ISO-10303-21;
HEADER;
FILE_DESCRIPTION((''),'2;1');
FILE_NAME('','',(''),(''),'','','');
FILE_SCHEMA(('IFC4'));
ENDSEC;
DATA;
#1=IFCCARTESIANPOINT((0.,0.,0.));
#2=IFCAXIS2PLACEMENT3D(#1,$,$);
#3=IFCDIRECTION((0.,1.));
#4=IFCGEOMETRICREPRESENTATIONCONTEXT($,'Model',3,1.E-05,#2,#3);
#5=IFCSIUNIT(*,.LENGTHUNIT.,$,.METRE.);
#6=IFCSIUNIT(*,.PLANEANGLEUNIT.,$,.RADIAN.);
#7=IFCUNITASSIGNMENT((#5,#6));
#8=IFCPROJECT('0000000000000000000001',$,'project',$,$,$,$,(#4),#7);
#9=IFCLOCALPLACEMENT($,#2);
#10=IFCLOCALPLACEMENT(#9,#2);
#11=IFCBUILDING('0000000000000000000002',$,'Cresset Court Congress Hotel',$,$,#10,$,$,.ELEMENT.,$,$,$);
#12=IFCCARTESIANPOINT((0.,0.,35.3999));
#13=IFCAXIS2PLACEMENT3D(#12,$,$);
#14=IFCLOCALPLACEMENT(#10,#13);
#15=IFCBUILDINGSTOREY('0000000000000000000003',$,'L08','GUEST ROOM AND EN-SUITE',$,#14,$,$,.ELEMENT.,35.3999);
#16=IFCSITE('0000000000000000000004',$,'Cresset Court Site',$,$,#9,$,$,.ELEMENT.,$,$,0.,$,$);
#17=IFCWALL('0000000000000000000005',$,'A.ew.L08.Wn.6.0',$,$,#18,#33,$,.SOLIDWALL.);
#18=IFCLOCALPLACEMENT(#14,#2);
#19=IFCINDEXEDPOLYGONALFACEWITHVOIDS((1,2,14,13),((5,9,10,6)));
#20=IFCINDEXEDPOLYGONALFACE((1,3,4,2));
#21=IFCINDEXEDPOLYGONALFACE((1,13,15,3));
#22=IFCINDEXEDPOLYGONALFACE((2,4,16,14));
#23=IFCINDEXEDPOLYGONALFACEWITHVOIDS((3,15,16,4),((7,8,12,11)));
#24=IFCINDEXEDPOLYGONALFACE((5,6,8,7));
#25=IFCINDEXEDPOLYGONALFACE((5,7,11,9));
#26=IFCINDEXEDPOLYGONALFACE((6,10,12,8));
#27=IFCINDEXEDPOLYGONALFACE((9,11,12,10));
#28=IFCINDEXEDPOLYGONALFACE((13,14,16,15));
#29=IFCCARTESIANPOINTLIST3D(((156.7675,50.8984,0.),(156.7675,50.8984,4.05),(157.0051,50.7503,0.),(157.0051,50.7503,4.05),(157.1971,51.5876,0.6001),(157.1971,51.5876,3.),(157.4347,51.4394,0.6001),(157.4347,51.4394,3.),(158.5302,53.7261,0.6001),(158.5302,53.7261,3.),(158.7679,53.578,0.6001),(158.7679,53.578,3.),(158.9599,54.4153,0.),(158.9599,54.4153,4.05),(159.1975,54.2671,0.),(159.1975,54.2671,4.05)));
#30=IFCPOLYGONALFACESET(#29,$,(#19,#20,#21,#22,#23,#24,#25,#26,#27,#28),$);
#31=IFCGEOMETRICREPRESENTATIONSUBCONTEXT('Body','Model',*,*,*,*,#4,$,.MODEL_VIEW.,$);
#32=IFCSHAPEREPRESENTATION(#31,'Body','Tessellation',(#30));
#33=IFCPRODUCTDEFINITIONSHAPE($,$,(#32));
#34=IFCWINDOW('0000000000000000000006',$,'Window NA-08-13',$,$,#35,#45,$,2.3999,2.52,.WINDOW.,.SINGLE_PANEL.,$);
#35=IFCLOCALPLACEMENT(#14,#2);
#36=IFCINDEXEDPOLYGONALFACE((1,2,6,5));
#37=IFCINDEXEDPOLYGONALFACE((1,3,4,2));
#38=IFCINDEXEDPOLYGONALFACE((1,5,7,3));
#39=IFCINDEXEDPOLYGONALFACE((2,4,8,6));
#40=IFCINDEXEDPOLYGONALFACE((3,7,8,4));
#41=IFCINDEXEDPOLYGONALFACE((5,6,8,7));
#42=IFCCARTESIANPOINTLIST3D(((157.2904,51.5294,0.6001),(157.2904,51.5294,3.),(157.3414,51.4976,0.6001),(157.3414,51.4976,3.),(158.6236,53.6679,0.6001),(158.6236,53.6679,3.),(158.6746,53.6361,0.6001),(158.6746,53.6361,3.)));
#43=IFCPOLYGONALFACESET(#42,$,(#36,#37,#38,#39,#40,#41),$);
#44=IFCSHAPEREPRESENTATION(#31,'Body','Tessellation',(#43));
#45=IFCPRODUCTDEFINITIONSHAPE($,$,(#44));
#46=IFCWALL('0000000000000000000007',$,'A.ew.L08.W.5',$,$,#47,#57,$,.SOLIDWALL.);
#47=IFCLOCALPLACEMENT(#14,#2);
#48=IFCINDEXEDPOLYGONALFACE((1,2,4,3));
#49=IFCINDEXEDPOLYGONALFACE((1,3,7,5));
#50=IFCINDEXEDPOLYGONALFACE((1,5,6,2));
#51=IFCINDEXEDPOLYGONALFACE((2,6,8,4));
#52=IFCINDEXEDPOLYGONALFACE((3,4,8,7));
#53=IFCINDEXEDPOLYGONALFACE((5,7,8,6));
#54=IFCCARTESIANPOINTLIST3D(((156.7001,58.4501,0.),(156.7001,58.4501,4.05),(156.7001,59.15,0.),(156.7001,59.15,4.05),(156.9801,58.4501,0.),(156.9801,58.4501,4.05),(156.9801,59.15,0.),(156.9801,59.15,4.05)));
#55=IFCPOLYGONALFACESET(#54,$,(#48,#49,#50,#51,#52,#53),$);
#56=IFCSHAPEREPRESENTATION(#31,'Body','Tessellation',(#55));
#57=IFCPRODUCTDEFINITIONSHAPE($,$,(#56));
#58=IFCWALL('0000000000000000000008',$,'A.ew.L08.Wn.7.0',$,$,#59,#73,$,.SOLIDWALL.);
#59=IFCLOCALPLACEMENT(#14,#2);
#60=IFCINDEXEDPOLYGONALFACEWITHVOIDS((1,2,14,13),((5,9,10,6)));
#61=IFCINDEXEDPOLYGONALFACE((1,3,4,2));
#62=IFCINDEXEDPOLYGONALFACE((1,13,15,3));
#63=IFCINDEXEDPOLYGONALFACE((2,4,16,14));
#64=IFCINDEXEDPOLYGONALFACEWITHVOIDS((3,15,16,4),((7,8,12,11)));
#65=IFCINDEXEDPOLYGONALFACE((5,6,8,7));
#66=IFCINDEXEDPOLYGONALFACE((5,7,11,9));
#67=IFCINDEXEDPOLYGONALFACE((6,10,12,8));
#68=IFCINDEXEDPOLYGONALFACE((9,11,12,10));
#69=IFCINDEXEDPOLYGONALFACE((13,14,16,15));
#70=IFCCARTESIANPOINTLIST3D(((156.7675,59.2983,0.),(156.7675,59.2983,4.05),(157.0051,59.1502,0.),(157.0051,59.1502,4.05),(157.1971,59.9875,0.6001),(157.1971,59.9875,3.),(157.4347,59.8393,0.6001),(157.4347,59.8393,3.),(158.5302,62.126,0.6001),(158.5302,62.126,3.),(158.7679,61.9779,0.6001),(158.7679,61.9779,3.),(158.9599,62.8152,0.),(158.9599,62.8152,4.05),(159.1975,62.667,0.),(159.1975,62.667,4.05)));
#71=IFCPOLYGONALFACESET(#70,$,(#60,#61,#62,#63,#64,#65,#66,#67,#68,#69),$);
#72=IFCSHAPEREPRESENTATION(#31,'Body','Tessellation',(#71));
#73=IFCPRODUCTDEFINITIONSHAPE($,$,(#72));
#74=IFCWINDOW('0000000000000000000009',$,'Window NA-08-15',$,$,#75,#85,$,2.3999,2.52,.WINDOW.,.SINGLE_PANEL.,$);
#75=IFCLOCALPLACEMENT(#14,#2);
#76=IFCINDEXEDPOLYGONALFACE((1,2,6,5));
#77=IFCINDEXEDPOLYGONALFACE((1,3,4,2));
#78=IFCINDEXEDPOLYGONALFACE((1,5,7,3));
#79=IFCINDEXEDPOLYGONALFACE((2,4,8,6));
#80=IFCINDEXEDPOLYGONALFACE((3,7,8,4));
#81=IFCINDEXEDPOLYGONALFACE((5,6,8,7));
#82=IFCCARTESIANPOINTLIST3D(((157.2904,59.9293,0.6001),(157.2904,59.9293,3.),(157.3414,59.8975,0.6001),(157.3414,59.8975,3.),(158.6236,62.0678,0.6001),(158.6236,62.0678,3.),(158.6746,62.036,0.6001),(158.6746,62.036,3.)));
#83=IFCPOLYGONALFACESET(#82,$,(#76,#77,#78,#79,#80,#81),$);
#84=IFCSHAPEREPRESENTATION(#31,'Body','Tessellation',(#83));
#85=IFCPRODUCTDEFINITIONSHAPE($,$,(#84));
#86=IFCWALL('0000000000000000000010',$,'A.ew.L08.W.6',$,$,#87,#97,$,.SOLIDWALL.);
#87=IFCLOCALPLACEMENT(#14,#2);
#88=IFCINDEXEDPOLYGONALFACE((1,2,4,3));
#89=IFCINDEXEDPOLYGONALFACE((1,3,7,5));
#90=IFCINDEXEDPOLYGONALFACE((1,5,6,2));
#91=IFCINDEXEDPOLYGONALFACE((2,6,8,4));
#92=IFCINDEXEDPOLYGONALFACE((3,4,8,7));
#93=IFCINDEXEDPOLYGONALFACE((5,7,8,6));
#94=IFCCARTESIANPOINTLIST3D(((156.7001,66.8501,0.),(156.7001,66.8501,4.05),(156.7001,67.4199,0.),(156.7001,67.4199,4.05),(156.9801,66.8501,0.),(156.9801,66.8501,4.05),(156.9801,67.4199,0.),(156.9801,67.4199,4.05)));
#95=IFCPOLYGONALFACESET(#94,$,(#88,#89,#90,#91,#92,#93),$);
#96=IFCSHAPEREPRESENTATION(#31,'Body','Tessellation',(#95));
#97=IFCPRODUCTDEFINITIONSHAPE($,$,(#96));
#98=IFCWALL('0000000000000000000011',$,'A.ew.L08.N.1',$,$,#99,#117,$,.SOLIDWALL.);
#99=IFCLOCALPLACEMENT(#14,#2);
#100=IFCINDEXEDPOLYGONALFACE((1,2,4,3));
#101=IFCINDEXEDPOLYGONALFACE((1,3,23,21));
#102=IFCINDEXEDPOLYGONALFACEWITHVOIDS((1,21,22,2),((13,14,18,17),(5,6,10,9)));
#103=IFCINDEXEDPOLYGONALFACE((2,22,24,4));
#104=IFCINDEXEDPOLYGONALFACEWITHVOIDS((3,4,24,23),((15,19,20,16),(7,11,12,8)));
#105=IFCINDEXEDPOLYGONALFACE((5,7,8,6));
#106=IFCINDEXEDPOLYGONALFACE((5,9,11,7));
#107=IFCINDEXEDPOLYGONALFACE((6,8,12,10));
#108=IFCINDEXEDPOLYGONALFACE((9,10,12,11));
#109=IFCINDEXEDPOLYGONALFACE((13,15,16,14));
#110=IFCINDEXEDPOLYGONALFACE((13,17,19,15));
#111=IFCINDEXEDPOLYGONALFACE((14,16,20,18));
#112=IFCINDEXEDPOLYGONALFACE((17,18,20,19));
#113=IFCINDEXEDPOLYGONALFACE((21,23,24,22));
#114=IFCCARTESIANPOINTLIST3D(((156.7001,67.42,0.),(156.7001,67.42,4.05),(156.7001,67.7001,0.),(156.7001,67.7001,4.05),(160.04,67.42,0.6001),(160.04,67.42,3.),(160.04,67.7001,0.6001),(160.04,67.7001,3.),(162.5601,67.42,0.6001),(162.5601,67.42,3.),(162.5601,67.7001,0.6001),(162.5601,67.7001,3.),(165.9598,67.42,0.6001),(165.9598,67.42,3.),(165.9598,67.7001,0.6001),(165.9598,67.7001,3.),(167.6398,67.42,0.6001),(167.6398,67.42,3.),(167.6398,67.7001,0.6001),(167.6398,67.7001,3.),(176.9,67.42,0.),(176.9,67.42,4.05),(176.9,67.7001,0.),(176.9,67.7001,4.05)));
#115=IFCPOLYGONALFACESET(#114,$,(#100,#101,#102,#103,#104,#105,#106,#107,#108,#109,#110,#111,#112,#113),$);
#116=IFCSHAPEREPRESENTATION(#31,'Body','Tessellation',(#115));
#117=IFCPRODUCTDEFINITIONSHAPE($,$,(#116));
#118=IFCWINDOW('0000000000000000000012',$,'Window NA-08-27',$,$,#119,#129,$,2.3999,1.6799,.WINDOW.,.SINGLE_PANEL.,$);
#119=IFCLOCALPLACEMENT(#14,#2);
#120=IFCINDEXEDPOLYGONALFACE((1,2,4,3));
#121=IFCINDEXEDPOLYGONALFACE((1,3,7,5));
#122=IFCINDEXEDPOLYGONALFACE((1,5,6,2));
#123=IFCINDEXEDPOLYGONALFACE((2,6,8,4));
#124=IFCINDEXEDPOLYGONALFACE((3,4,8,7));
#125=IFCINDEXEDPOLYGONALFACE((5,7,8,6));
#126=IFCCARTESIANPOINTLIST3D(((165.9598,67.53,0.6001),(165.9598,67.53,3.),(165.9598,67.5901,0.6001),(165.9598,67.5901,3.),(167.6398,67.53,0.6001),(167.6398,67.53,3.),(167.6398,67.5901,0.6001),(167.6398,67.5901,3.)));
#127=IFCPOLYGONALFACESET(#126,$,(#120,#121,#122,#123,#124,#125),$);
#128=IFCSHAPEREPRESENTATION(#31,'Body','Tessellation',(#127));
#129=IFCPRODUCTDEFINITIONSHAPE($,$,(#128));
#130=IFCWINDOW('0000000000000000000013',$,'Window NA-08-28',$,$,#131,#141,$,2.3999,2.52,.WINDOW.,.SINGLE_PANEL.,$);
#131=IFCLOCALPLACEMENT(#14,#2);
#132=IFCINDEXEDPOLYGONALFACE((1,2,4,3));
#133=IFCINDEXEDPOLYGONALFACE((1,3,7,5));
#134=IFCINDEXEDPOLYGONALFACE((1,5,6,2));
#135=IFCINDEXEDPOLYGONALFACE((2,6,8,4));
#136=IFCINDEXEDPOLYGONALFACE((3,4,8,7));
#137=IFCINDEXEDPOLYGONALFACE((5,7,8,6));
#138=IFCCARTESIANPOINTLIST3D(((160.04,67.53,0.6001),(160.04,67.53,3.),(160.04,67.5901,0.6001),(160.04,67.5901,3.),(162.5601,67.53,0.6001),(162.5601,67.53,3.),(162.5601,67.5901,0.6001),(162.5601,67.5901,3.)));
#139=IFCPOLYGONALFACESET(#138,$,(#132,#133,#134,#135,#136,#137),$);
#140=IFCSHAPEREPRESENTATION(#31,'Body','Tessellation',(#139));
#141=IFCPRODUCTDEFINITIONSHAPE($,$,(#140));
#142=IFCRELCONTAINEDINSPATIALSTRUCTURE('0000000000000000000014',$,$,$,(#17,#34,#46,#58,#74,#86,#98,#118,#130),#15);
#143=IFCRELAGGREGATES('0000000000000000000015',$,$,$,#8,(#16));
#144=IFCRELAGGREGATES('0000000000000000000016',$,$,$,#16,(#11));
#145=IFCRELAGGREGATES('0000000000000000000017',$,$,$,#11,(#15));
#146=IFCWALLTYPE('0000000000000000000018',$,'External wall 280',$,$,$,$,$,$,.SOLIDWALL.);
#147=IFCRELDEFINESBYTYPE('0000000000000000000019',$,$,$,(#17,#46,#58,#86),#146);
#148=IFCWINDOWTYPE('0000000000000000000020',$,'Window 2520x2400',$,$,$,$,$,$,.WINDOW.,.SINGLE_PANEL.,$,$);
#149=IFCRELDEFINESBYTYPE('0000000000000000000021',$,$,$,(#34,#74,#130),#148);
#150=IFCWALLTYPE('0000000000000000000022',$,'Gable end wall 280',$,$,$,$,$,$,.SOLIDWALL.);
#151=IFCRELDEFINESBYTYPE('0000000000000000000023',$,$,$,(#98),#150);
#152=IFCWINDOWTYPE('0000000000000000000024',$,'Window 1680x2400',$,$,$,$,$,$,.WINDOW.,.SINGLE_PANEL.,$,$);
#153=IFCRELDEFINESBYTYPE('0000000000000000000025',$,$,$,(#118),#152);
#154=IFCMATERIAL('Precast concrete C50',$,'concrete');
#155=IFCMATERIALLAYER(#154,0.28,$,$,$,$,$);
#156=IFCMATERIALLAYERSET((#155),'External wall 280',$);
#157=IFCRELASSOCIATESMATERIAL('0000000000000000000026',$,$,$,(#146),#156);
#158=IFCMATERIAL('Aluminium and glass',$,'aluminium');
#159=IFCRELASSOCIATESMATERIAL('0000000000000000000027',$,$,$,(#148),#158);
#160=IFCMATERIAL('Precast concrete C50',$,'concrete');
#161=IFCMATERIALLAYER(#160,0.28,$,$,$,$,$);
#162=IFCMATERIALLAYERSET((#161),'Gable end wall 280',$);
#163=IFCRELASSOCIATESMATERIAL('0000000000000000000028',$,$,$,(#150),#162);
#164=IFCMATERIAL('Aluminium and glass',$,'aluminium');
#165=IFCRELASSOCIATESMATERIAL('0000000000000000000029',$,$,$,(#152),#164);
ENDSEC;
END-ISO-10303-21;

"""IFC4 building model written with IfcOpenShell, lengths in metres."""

from ifc_helpers import new_model, si_unit, direction, frame, frame_2d, origin, place, context, subcontext, project, spatial, rectangle, extrude, material, layer, layer_set, type_object, element, fill, save


model = new_model("IFC4")

# Units and contexts
model_context = context("Model", 3, precision=1e-05, world=origin(), true_north=direction((0.0, 1.0)))
body_context = subcontext(model_context, "Body", "Model", "MODEL_VIEW")
ifc_project = project(units=[si_unit("LENGTHUNIT", "METRE"), si_unit("PLANEANGLEUNIT", "RADIAN")], contexts=[model_context])

# Site, building, storey
site_placement = place(None, origin())
site = spatial("IfcSite", under=ifc_project, at=site_placement, Name="Cresset Court Site", CompositionType="ELEMENT", RefElevation=0.0)
building_placement = place(site_placement, origin())
building = spatial("IfcBuilding", under=site, at=building_placement, Name="Cresset Court Congress Hotel", CompositionType="ELEMENT")
storey_placement = place(building_placement, frame((0.0, 0.0, 35.3999)))
storey = spatial("IfcBuildingStorey", under=building, at=storey_placement, Name="L08", Description="GUEST ROOM AND EN-SUITE", CompositionType="ELEMENT", Elevation=35.3999)

# Wall, opening, window
ifc_material_1 = material(Name="Precast concrete C50", Category="concrete")
ifc_layer_1 = layer(ifc_material_1, 0.28)
ifc_layer_set_1 = layer_set([ifc_layer_1], Name="External wall 280")
wall_type_1 = type_object("IfcWallType", Name="External wall 280", PredefinedType="SOLIDWALL", material=ifc_layer_set_1)
wall_1_placement = place(storey_placement, frame((156.8862, 50.8242, 0.0), z_axis=(0.0, 0.0, 1.0), x_axis=(0.529019, 0.84861, 0.0)))
wall_1 = element("IfcWall", 1, at=wall_1_placement, inside=storey, type_object=wall_type_1, Name="A.ew.L08.Wn.6.0", PredefinedType="SOLIDWALL", context=body_context, shape_type="SweptSolid", body=[
    extrude(rectangle(XDim=4.1443, YDim=0.28, at=frame_2d((2.0723, 0.0))), origin(), (0.0, 0.0, 1.0), 4.05),
])
opening_1_placement = place(wall_1_placement, frame((0.8123, 0.0, 0.6001)))
opening_1 = element("IfcOpeningElement", 2, at=opening_1_placement, cuts=wall_1, PredefinedType="OPENING", context=body_context, shape_type="SweptSolid", body=[
    extrude(rectangle(XDim=2.52, YDim=2.3999, at=frame_2d((1.26, 1.2))), frame((0.0, 0.1499, 0.0), z_axis=(0.0, -1.0, 0.0), x_axis=(1.0, 0.0, 0.0)), (0.0, 0.0, 1.0), 0.3),
])
ifc_material_2 = material(Name="Aluminium and glass", Category="aluminium")
window_type_1 = type_object("IfcWindowType", Name="Window 2520x2400", PartitioningType="SINGLE_PANEL", PredefinedType="WINDOW", material=ifc_material_2)
window_1_placement = place(opening_1_placement, origin())
window_1 = element("IfcWindow", 3, at=window_1_placement, inside=storey, type_object=window_type_1, Name="Window NA-08-13", OverallHeight=2.3999, OverallWidth=2.52, PartitioningType="SINGLE_PANEL", PredefinedType="WINDOW", context=body_context, shape_type="SweptSolid", body=[
    extrude(rectangle(XDim=2.52, YDim=2.3999, at=frame_2d((1.26, 1.2))), frame((0.0, 0.03, 0.0), z_axis=(0.0, -1.0, 0.0), x_axis=(1.0, 0.0, 0.0)), (0.0, 0.0, 1.0), 0.0601),
])
fill(opening_1, window_1)

# Wall
wall_2_placement = place(storey_placement, frame((156.8401, 58.45, 0.0), z_axis=(0.0, 0.0, 1.0), x_axis=(0.0, 1.0, 0.0)))
element("IfcWall", 4, at=wall_2_placement, inside=storey, type_object=wall_type_1, Name="A.ew.L08.W.5", PredefinedType="SOLIDWALL", context=body_context, shape_type="SweptSolid", body=[
    extrude(rectangle(XDim=0.7, YDim=0.28, at=frame_2d((0.3501, 0.0))), origin(), (0.0, 0.0, 1.0), 4.05),
])

# Wall, opening, window
wall_3_placement = place(storey_placement, frame((156.8862, 59.2241, 0.0), z_axis=(0.0, 0.0, 1.0), x_axis=(0.529019, 0.84861, 0.0)))
wall_3 = element("IfcWall", 5, at=wall_3_placement, inside=storey, type_object=wall_type_1, Name="A.ew.L08.Wn.7.0", PredefinedType="SOLIDWALL", context=body_context, shape_type="SweptSolid", body=[
    extrude(rectangle(XDim=4.1443, YDim=0.28, at=frame_2d((2.0723, 0.0))), origin(), (0.0, 0.0, 1.0), 4.05),
])
opening_2_placement = place(wall_3_placement, frame((0.8123, 0.0, 0.6001)))
opening_2 = element("IfcOpeningElement", 6, at=opening_2_placement, cuts=wall_3, PredefinedType="OPENING", context=body_context, shape_type="SweptSolid", body=[
    extrude(rectangle(XDim=2.52, YDim=2.3999, at=frame_2d((1.26, 1.2))), frame((0.0, 0.1499, 0.0), z_axis=(0.0, -1.0, 0.0), x_axis=(1.0, 0.0, 0.0)), (0.0, 0.0, 1.0), 0.3),
])
window_2_placement = place(opening_2_placement, origin())
window_2 = element("IfcWindow", 7, at=window_2_placement, inside=storey, type_object=window_type_1, Name="Window NA-08-15", OverallHeight=2.3999, OverallWidth=2.52, PartitioningType="SINGLE_PANEL", PredefinedType="WINDOW", context=body_context, shape_type="SweptSolid", body=[
    extrude(rectangle(XDim=2.52, YDim=2.3999, at=frame_2d((1.26, 1.2))), frame((0.0, 0.03, 0.0), z_axis=(0.0, -1.0, 0.0), x_axis=(1.0, 0.0, 0.0)), (0.0, 0.0, 1.0), 0.0601),
])
fill(opening_2, window_2)

# Wall
wall_4_placement = place(storey_placement, frame((156.8401, 66.8501, 0.0), z_axis=(0.0, 0.0, 1.0), x_axis=(0.0, 1.0, 0.0)))
element("IfcWall", 8, at=wall_4_placement, inside=storey, type_object=wall_type_1, Name="A.ew.L08.W.6", PredefinedType="SOLIDWALL", context=body_context, shape_type="SweptSolid", body=[
    extrude(rectangle(XDim=0.5698, YDim=0.28, at=frame_2d((0.2849, 0.0))), origin(), (0.0, 0.0, 1.0), 4.05),
])

# Wall, openings, windows
ifc_material_3 = material(Name="Precast concrete C50", Category="concrete")
ifc_layer_2 = layer(ifc_material_3, 0.28)
ifc_layer_set_2 = layer_set([ifc_layer_2], Name="Gable end wall 280")
wall_type_2 = type_object("IfcWallType", Name="Gable end wall 280", PredefinedType="SOLIDWALL", material=ifc_layer_set_2)
wall_5_placement = place(storey_placement, frame((156.7, 67.5601, 0.0), z_axis=(0.0, 0.0, 1.0), x_axis=(1.0, 0.0, 0.0)))
wall_5 = element("IfcWall", 9, at=wall_5_placement, inside=storey, type_object=wall_type_2, Name="A.ew.L08.N.1", PredefinedType="SOLIDWALL", context=body_context, shape_type="SweptSolid", body=[
    extrude(rectangle(XDim=20.2, YDim=0.28, at=frame_2d((10.1001, 0.0))), origin(), (0.0, 0.0, 1.0), 4.05),
])
opening_3_placement = place(wall_5_placement, frame((9.26, 0.0, 0.6001)))
opening_3 = element("IfcOpeningElement", 10, at=opening_3_placement, cuts=wall_5, PredefinedType="OPENING", context=body_context, shape_type="SweptSolid", body=[
    extrude(rectangle(XDim=1.6799, YDim=2.3999, at=frame_2d((0.8398, 1.2))), frame((0.0, 0.1499, 0.0), z_axis=(0.0, -1.0, 0.0), x_axis=(1.0, 0.0, 0.0)), (0.0, 0.0, 1.0), 0.3),
])
opening_4_placement = place(wall_5_placement, frame((3.3401, 0.0, 0.6001)))
opening_4 = element("IfcOpeningElement", 11, at=opening_4_placement, cuts=wall_5, PredefinedType="OPENING", context=body_context, shape_type="SweptSolid", body=[
    extrude(rectangle(XDim=2.52, YDim=2.3999, at=frame_2d((1.26, 1.2))), frame((0.0, 0.1499, 0.0), z_axis=(0.0, -1.0, 0.0), x_axis=(1.0, 0.0, 0.0)), (0.0, 0.0, 1.0), 0.3),
])
ifc_material_4 = material(Name="Aluminium and glass", Category="aluminium")
window_type_2 = type_object("IfcWindowType", Name="Window 1680x2400", PartitioningType="SINGLE_PANEL", PredefinedType="WINDOW", material=ifc_material_4)
window_3_placement = place(opening_3_placement, origin())
window_3 = element("IfcWindow", 12, at=window_3_placement, inside=storey, type_object=window_type_2, Name="Window NA-08-27", OverallHeight=2.3999, OverallWidth=1.6799, PartitioningType="SINGLE_PANEL", PredefinedType="WINDOW", context=body_context, shape_type="SweptSolid", body=[
    extrude(rectangle(XDim=1.6799, YDim=2.3999, at=frame_2d((0.8398, 1.2))), frame((0.0, 0.03, 0.0), z_axis=(0.0, -1.0, 0.0), x_axis=(1.0, 0.0, 0.0)), (0.0, 0.0, 1.0), 0.0601),
])
fill(opening_3, window_3)
window_4_placement = place(opening_4_placement, origin())
window_4 = element("IfcWindow", 13, at=window_4_placement, inside=storey, type_object=window_type_1, Name="Window NA-08-28", OverallHeight=2.3999, OverallWidth=2.52, PartitioningType="SINGLE_PANEL", PredefinedType="WINDOW", context=body_context, shape_type="SweptSolid", body=[
    extrude(rectangle(XDim=2.52, YDim=2.3999, at=frame_2d((1.26, 1.2))), frame((0.0, 0.03, 0.0), z_axis=(0.0, -1.0, 0.0), x_axis=(1.0, 0.0, 0.0)), (0.0, 0.0, 1.0), 0.0601),
])
fill(opening_4, window_4)

save(model, "model.ifc")
